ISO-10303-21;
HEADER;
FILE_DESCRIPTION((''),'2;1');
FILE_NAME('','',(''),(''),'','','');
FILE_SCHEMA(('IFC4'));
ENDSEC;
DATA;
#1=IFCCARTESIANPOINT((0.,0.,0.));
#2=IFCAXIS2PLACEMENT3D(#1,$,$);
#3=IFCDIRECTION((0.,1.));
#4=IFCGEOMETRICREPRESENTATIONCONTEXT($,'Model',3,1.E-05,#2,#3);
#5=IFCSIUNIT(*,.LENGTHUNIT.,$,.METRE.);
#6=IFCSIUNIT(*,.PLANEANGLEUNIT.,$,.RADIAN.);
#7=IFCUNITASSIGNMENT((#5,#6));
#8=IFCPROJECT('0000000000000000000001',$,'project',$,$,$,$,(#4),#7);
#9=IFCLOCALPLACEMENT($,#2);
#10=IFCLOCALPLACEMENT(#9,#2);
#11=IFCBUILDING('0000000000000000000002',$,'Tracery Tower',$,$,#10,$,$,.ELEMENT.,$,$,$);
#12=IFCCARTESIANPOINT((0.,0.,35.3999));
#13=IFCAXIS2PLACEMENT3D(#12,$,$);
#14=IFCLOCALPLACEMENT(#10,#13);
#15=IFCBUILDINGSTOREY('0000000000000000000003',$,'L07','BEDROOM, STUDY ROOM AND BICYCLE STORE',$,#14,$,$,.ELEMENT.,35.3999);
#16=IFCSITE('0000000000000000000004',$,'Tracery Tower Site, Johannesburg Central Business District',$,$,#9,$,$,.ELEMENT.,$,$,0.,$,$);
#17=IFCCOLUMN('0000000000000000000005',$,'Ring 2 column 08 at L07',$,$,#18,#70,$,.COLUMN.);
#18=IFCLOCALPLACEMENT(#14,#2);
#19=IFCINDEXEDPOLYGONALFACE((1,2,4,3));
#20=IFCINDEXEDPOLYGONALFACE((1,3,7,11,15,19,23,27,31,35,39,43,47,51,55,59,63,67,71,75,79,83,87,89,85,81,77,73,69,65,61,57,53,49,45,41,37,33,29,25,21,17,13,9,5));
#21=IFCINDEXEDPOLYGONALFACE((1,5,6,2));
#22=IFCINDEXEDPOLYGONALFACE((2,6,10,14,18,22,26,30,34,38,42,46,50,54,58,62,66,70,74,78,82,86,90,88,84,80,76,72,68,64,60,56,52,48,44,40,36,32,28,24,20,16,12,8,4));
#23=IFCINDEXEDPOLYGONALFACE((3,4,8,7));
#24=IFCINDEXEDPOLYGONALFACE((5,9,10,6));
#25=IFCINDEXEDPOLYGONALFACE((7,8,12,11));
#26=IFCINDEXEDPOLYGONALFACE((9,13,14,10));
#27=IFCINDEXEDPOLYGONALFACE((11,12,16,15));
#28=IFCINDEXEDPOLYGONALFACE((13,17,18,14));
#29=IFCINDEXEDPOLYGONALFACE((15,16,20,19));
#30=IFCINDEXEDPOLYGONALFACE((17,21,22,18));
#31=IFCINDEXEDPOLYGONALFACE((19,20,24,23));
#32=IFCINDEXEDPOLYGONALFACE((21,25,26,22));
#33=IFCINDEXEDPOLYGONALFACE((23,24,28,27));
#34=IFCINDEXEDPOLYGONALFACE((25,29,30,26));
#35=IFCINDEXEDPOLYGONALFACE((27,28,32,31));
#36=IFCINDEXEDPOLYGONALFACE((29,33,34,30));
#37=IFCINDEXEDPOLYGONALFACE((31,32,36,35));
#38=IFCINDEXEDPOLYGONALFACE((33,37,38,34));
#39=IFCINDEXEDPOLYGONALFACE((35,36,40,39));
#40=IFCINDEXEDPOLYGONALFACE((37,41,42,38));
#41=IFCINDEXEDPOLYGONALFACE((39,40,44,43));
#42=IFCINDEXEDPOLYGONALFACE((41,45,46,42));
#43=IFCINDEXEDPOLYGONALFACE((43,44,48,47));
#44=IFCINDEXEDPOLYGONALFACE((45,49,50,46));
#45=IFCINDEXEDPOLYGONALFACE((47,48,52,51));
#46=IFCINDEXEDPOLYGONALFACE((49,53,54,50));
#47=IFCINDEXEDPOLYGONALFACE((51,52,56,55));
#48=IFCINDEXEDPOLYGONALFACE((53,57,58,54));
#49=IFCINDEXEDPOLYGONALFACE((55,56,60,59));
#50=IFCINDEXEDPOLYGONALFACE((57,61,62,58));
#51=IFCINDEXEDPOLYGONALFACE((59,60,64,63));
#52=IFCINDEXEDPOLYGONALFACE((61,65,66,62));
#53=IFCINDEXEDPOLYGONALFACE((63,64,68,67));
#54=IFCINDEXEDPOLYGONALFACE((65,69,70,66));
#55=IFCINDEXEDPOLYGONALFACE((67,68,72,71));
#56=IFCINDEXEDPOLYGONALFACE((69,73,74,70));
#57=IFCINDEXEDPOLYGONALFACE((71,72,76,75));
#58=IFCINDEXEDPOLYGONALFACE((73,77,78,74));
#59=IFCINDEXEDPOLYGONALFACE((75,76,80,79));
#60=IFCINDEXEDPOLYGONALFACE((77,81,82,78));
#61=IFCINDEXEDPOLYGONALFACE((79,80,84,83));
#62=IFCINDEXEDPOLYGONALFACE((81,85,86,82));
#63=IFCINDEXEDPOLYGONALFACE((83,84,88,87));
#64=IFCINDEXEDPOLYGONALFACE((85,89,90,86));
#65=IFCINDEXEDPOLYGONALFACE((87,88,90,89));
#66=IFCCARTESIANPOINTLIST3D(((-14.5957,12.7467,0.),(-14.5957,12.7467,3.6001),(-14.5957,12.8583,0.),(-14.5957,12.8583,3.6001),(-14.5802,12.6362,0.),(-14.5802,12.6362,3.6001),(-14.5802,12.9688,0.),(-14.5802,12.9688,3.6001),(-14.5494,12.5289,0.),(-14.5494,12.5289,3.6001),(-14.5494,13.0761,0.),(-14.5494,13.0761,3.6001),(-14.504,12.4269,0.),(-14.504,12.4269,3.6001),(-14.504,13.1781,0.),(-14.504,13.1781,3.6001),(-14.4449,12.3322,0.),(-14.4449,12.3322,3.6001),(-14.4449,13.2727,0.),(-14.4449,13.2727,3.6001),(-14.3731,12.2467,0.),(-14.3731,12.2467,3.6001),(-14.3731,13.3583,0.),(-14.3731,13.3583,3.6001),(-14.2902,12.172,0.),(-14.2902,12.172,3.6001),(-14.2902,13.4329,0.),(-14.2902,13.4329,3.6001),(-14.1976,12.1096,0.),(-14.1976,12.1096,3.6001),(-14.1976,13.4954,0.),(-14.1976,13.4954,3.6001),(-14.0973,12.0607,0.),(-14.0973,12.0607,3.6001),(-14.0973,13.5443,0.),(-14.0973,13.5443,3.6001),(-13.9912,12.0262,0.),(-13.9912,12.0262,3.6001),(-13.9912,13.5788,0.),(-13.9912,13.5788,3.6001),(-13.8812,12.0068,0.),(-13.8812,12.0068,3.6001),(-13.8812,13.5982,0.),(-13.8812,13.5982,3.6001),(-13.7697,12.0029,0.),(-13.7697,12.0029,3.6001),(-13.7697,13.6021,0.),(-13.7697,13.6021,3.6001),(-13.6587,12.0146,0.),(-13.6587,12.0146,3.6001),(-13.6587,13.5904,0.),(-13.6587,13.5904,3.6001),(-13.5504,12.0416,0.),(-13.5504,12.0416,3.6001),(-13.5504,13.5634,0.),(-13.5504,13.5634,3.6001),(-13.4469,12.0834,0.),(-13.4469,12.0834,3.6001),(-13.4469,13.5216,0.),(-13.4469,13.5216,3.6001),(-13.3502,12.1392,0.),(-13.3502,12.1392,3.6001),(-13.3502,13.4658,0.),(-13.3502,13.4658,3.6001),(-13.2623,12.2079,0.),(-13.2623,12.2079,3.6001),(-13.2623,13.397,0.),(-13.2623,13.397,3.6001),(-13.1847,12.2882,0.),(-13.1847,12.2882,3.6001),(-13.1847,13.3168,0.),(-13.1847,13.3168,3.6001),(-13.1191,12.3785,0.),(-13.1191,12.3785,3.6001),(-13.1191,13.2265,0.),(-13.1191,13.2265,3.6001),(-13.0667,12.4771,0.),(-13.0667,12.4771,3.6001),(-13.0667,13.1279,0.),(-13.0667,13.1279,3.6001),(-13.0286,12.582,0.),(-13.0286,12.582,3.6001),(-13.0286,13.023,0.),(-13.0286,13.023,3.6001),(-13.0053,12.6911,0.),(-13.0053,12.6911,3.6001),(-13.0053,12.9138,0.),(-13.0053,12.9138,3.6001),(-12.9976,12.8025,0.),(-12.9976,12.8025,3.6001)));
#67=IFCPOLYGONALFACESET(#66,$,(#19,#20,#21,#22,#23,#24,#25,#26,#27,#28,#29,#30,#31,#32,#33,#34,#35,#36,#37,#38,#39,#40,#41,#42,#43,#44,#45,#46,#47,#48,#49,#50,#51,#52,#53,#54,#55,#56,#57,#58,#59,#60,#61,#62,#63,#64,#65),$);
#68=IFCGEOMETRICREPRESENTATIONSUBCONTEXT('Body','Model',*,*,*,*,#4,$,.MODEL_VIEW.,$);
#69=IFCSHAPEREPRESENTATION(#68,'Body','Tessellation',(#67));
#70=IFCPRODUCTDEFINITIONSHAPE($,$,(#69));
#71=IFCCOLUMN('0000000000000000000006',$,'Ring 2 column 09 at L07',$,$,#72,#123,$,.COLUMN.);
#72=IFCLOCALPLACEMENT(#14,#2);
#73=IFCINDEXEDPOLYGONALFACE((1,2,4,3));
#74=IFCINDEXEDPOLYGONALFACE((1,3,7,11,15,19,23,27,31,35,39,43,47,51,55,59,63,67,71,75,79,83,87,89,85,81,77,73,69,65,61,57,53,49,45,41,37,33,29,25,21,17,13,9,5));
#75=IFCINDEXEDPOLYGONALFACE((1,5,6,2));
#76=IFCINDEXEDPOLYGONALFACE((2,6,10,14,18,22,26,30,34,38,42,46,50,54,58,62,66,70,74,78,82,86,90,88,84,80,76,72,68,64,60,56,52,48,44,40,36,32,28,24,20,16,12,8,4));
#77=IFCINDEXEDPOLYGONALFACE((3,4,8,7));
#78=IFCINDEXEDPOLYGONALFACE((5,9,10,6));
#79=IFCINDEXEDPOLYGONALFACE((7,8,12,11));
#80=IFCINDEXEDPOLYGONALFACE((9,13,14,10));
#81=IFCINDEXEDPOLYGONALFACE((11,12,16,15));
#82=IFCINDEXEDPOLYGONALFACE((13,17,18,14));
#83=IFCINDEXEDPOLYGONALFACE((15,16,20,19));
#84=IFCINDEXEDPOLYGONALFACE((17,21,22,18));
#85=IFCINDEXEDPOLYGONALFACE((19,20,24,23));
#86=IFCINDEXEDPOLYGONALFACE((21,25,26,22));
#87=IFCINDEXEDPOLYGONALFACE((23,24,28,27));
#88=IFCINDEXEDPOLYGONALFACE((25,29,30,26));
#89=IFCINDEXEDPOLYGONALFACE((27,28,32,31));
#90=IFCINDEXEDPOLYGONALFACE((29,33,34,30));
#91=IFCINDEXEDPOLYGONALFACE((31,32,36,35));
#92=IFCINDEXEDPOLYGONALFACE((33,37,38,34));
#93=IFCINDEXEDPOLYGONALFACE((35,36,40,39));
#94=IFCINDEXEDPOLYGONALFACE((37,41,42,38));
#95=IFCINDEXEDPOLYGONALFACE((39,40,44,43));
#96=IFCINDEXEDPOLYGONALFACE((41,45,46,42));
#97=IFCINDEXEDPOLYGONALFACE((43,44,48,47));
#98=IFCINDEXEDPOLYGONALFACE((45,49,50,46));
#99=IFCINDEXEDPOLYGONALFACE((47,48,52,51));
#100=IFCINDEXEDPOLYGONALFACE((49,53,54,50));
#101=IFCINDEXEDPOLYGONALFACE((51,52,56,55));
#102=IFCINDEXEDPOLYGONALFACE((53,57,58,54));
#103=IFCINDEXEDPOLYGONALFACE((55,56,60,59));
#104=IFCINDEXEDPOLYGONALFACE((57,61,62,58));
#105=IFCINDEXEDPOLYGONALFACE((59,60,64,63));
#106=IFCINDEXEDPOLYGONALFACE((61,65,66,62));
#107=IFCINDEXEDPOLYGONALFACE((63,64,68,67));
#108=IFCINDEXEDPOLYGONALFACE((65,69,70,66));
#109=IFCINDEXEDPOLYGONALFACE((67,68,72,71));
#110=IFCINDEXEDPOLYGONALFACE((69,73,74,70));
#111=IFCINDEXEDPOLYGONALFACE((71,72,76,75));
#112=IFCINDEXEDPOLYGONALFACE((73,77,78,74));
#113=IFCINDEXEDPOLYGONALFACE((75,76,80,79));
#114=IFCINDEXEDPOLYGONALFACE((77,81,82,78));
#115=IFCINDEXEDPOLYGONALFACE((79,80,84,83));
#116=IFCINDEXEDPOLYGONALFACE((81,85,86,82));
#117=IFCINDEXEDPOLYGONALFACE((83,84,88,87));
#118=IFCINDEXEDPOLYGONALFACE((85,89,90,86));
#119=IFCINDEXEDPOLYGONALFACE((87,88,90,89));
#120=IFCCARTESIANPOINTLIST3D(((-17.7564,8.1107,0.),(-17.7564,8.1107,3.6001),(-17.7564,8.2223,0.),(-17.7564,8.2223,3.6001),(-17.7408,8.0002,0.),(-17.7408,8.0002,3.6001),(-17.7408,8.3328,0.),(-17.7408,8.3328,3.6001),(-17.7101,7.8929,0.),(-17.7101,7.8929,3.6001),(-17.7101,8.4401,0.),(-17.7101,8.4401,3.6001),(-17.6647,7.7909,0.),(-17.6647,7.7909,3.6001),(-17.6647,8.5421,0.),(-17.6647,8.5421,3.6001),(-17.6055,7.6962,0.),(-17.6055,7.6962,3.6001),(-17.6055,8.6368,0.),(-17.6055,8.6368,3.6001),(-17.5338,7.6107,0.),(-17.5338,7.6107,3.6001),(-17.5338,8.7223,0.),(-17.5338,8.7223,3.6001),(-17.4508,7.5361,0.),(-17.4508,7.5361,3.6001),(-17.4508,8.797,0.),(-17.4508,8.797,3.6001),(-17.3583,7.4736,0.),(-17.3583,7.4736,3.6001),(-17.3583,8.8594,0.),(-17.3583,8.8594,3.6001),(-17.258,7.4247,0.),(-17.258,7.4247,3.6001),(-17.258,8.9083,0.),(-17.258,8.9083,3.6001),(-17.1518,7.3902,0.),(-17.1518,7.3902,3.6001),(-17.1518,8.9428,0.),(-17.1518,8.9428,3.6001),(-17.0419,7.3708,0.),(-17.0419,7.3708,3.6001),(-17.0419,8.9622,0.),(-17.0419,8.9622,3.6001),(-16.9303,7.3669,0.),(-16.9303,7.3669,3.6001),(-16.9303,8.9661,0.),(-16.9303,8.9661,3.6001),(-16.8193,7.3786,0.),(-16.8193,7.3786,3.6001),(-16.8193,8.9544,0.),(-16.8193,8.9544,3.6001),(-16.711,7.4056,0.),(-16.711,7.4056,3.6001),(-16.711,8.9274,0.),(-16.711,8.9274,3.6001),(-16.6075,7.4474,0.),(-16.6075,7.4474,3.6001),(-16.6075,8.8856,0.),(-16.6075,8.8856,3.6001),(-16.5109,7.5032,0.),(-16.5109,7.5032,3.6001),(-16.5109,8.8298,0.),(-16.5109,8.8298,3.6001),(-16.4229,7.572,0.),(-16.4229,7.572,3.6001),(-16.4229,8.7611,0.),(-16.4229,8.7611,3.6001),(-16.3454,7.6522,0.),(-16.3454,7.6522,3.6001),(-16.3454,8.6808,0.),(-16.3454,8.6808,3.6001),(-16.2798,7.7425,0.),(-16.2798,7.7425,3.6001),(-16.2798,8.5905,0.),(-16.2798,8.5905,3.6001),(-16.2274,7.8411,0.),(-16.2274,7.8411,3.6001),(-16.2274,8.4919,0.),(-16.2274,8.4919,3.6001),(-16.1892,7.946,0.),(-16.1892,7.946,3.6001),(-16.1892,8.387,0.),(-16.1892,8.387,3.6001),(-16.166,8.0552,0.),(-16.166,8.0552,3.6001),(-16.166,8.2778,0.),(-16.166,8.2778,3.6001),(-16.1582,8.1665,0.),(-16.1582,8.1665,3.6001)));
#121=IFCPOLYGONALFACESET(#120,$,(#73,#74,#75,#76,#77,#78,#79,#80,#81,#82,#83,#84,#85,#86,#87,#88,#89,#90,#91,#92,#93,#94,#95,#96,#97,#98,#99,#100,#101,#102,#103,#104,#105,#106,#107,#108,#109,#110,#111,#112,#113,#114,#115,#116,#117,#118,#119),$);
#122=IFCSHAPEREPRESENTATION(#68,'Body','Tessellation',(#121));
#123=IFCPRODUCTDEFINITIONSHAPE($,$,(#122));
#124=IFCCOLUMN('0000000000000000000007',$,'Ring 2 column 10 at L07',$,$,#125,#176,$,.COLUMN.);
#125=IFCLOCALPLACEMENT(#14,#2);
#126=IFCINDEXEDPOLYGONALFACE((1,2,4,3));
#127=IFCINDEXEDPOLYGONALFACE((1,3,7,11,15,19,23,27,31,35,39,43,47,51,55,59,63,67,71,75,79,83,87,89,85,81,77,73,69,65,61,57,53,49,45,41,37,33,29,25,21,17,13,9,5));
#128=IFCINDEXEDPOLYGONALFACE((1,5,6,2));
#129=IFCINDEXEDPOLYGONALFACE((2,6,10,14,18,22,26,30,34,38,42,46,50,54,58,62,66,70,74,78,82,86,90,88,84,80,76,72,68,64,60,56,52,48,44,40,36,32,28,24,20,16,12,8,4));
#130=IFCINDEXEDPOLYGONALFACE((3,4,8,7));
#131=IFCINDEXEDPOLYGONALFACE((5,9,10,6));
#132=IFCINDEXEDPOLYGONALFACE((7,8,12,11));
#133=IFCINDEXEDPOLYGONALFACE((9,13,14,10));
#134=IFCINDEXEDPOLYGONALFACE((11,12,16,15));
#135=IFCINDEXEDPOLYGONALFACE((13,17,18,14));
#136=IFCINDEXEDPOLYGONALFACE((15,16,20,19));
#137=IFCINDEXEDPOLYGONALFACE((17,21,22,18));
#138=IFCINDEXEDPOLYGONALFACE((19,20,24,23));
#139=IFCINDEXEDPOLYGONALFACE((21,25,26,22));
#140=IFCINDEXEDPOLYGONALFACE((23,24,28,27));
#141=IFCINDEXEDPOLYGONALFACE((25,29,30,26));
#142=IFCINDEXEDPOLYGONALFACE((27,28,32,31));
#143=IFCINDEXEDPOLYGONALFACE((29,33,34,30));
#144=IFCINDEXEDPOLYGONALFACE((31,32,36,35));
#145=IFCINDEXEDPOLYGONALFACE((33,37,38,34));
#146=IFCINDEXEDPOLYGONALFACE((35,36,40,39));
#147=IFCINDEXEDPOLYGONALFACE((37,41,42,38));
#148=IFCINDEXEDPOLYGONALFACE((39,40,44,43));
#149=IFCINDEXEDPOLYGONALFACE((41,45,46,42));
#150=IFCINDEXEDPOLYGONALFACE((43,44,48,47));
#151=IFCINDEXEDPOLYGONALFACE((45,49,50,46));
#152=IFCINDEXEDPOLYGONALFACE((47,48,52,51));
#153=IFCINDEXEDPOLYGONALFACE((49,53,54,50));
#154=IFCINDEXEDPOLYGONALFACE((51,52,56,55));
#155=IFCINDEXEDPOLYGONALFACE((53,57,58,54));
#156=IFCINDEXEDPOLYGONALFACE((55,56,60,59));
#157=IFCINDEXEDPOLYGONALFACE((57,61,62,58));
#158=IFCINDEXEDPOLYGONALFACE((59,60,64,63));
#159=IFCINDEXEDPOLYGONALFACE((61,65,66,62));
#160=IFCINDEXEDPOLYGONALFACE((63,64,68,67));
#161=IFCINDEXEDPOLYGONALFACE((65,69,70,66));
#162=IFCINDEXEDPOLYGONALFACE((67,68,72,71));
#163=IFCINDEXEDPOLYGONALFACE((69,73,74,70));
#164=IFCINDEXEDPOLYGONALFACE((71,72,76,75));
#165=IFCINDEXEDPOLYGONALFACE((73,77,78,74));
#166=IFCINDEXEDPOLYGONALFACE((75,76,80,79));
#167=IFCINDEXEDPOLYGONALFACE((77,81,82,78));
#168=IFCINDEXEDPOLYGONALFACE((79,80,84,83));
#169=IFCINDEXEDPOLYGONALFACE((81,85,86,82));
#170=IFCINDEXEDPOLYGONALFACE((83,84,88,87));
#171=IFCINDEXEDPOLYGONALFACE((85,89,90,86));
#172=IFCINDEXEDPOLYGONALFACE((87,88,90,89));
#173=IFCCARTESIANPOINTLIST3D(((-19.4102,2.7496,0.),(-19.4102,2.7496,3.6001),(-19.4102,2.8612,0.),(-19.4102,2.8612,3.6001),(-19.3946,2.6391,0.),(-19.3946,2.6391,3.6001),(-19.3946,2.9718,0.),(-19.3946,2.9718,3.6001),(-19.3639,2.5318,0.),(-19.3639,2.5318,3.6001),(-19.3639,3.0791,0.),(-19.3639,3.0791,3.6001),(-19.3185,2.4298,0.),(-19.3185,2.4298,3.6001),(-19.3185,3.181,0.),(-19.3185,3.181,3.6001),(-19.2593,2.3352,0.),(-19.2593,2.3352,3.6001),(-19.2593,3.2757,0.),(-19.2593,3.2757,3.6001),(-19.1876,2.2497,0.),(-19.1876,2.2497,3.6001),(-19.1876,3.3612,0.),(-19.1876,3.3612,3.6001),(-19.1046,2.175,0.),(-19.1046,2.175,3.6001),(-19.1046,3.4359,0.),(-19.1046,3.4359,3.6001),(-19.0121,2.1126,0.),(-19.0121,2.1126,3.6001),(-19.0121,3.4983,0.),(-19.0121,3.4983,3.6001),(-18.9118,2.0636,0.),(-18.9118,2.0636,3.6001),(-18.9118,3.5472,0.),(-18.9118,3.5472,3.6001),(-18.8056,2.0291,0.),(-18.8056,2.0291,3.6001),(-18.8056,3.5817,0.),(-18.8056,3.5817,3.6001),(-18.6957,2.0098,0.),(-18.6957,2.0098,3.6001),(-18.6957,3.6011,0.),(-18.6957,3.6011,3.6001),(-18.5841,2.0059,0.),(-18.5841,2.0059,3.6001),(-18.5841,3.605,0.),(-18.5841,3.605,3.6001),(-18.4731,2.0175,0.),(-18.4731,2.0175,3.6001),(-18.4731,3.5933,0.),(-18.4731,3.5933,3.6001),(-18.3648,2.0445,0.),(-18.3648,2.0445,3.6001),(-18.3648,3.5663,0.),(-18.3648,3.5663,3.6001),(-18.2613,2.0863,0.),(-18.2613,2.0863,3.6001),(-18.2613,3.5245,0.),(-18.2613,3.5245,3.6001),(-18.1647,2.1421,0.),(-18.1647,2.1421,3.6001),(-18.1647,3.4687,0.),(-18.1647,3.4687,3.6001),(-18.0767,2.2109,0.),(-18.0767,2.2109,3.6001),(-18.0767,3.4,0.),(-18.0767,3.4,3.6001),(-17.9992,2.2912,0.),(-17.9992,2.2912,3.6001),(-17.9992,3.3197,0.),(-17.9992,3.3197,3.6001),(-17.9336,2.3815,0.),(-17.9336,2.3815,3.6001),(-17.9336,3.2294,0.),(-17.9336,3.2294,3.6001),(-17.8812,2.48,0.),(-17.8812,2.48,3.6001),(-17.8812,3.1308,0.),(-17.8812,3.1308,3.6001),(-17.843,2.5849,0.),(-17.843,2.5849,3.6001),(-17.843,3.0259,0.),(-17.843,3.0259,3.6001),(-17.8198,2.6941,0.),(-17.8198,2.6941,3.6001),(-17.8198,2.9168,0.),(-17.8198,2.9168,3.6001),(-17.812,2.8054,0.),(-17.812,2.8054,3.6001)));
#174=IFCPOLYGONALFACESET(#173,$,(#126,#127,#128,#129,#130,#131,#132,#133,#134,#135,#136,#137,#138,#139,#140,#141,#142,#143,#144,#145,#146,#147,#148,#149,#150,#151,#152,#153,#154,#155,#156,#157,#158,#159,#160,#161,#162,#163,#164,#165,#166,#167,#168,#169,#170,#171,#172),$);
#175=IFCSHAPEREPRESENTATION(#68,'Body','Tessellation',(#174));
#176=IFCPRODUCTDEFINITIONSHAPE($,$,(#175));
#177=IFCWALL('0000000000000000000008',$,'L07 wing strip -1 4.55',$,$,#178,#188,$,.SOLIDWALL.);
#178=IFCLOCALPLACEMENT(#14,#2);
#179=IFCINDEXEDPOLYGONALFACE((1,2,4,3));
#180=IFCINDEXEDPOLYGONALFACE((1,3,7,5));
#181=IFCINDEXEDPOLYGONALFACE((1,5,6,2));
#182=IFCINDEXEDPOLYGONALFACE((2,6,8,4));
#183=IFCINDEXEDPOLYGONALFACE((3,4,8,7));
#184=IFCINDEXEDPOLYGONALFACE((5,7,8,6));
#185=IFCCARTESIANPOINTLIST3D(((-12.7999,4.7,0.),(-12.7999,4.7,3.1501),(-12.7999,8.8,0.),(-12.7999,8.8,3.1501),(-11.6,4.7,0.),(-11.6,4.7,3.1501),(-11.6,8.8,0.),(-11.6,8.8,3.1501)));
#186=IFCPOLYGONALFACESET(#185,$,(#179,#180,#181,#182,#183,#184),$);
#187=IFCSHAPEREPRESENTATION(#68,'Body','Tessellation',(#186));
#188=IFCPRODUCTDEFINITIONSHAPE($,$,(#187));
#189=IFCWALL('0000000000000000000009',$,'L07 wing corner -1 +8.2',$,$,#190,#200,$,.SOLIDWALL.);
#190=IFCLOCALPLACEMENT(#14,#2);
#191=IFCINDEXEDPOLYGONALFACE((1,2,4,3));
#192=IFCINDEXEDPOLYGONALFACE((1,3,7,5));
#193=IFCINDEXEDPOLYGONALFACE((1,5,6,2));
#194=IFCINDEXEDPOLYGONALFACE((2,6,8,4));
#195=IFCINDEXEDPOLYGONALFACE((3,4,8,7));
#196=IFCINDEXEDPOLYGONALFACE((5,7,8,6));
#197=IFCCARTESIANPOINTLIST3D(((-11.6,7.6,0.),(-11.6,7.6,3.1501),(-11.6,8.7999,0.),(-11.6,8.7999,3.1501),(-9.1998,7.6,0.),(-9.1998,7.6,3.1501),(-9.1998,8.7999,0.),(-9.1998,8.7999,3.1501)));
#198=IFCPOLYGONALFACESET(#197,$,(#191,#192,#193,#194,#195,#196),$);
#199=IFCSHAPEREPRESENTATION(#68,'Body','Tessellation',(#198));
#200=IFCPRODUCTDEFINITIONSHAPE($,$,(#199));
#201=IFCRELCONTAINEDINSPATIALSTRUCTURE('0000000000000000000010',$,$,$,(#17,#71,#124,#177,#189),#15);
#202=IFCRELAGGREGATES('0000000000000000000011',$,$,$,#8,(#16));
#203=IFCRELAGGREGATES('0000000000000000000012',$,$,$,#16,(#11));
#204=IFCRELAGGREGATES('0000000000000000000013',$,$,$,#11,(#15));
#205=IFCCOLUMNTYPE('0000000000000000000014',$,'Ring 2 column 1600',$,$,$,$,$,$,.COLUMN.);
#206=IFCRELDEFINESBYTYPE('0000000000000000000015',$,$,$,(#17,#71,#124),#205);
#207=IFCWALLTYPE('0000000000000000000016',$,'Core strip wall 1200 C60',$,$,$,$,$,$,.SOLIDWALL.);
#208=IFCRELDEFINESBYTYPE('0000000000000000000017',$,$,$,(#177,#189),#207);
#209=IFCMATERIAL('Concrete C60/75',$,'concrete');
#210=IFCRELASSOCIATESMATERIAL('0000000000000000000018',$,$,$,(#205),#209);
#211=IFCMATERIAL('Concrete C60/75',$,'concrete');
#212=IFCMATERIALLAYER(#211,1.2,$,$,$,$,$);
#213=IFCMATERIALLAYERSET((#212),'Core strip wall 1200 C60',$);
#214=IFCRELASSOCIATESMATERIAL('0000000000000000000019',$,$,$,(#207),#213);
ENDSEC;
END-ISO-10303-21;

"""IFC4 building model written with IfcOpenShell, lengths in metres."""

from ifc_helpers import new_model, si_unit, direction, frame, frame_2d, origin, origin_2d, place, context, subcontext, project, spatial, rectangle, circle, extrude, material, layer, layer_set, material_profile, profile_set, type_object, element, save


model = new_model("IFC4")

# Units and contexts
model_context = context("Model", 3, precision=1e-05, world=origin(), true_north=direction((0.0, 1.0)))
body_context = subcontext(model_context, "Body", "Model", "MODEL_VIEW")
ifc_project = project(units=[si_unit("LENGTHUNIT", "METRE"), si_unit("PLANEANGLEUNIT", "RADIAN")], contexts=[model_context])

# Site, building, storey
site_placement = place(None, origin())
site = spatial("IfcSite", under=ifc_project, at=site_placement, Name="Tracery Tower Site, Johannesburg Central Business District", CompositionType="ELEMENT", RefElevation=0.0)
building_placement = place(site_placement, origin())
building = spatial("IfcBuilding", under=site, at=building_placement, Name="Tracery Tower", CompositionType="ELEMENT")
storey_placement = place(building_placement, frame((0.0, 0.0, 35.3999)))
storey = spatial("IfcBuildingStorey", under=building, at=storey_placement, Name="L07", Description="BEDROOM, STUDY ROOM AND BICYCLE STORE", CompositionType="ELEMENT", Elevation=35.3999)

# Columns
ifc_material_1 = material(Name="Concrete C60/75", Category="concrete")
ifc_material_profile = material_profile(ifc_material_1, circle(Radius=0.8, at=origin_2d()), Name="RC D1600")
ifc_profile_set = profile_set([ifc_material_profile], Name="Concrete C60/75")
column_type = type_object("IfcColumnType", Name="Ring 2 column 1600", PredefinedType="COLUMN", material=ifc_profile_set)
for number, where, z_axis, x_axis, name in (
    (1, (-13.7976, 12.8025, 0.0), (0.0, 0.0, 1.0), (1.0, 0.0, 0.0), "Ring 2 column 08 at L07"),
    (2, (-16.9583, 8.1665, 0.0), (0.0, 0.0, 1.0), (1.0, 0.0, 0.0), "Ring 2 column 09 at L07"),
    (3, (-18.6121, 2.8054, 0.0), (0.0, 0.0, 1.0), (1.0, 0.0, 0.0), "Ring 2 column 10 at L07"),
):
    element("IfcColumn", number, at=place(storey_placement, frame(where, z_axis=z_axis, x_axis=x_axis)), inside=storey, type_object=column_type, Name=name, PredefinedType="COLUMN", context=body_context, shape_type="SweptSolid", body=[
        extrude(circle(Radius=0.8, at=origin_2d()), origin(), (0.0, 0.0, 1.0), 3.6001),
    ])

# Walls
ifc_material_2 = material(Name="Concrete C60/75", Category="concrete")
ifc_layer_1 = layer(ifc_material_2, 1.2)
ifc_layer_set_1 = layer_set([ifc_layer_1], Name="Core strip wall 1200 C60")
wall_type_1 = type_object("IfcWallType", Name="Core strip wall 1200 C60", PredefinedType="SOLIDWALL", material=ifc_layer_set_1)
wall_1_placement = place(storey_placement, frame((-12.2, 4.7, 0.0), z_axis=(0.0, 0.0, 1.0), x_axis=(0.0, 1.0, 0.0)))
element("IfcWall", 4, at=wall_1_placement, inside=storey, type_object=wall_type_1, Name="L07 wing strip -1 4.55", PredefinedType="SOLIDWALL", context=body_context, shape_type="SweptSolid", body=[
    extrude(rectangle(XDim=4.1001, YDim=1.2, at=frame_2d((2.05, 0.0))), origin(), (0.0, 0.0, 1.0), 3.1501),
])
wall_2_placement = place(storey_placement, frame((-11.6001, 8.2, 0.0), z_axis=(0.0, 0.0, 1.0), x_axis=(1.0, 0.0, 0.0)))
element("IfcWall", 5, at=wall_2_placement, inside=storey, type_object=wall_type_1, Name="L07 wing corner -1 +8.2", PredefinedType="SOLIDWALL", context=body_context, shape_type="SweptSolid", body=[
    extrude(rectangle(XDim=2.4001, YDim=1.2, at=frame_2d((1.2002, 0.0))), origin(), (0.0, 0.0, 1.0), 3.1501),
])

save(model, "model.ifc")
